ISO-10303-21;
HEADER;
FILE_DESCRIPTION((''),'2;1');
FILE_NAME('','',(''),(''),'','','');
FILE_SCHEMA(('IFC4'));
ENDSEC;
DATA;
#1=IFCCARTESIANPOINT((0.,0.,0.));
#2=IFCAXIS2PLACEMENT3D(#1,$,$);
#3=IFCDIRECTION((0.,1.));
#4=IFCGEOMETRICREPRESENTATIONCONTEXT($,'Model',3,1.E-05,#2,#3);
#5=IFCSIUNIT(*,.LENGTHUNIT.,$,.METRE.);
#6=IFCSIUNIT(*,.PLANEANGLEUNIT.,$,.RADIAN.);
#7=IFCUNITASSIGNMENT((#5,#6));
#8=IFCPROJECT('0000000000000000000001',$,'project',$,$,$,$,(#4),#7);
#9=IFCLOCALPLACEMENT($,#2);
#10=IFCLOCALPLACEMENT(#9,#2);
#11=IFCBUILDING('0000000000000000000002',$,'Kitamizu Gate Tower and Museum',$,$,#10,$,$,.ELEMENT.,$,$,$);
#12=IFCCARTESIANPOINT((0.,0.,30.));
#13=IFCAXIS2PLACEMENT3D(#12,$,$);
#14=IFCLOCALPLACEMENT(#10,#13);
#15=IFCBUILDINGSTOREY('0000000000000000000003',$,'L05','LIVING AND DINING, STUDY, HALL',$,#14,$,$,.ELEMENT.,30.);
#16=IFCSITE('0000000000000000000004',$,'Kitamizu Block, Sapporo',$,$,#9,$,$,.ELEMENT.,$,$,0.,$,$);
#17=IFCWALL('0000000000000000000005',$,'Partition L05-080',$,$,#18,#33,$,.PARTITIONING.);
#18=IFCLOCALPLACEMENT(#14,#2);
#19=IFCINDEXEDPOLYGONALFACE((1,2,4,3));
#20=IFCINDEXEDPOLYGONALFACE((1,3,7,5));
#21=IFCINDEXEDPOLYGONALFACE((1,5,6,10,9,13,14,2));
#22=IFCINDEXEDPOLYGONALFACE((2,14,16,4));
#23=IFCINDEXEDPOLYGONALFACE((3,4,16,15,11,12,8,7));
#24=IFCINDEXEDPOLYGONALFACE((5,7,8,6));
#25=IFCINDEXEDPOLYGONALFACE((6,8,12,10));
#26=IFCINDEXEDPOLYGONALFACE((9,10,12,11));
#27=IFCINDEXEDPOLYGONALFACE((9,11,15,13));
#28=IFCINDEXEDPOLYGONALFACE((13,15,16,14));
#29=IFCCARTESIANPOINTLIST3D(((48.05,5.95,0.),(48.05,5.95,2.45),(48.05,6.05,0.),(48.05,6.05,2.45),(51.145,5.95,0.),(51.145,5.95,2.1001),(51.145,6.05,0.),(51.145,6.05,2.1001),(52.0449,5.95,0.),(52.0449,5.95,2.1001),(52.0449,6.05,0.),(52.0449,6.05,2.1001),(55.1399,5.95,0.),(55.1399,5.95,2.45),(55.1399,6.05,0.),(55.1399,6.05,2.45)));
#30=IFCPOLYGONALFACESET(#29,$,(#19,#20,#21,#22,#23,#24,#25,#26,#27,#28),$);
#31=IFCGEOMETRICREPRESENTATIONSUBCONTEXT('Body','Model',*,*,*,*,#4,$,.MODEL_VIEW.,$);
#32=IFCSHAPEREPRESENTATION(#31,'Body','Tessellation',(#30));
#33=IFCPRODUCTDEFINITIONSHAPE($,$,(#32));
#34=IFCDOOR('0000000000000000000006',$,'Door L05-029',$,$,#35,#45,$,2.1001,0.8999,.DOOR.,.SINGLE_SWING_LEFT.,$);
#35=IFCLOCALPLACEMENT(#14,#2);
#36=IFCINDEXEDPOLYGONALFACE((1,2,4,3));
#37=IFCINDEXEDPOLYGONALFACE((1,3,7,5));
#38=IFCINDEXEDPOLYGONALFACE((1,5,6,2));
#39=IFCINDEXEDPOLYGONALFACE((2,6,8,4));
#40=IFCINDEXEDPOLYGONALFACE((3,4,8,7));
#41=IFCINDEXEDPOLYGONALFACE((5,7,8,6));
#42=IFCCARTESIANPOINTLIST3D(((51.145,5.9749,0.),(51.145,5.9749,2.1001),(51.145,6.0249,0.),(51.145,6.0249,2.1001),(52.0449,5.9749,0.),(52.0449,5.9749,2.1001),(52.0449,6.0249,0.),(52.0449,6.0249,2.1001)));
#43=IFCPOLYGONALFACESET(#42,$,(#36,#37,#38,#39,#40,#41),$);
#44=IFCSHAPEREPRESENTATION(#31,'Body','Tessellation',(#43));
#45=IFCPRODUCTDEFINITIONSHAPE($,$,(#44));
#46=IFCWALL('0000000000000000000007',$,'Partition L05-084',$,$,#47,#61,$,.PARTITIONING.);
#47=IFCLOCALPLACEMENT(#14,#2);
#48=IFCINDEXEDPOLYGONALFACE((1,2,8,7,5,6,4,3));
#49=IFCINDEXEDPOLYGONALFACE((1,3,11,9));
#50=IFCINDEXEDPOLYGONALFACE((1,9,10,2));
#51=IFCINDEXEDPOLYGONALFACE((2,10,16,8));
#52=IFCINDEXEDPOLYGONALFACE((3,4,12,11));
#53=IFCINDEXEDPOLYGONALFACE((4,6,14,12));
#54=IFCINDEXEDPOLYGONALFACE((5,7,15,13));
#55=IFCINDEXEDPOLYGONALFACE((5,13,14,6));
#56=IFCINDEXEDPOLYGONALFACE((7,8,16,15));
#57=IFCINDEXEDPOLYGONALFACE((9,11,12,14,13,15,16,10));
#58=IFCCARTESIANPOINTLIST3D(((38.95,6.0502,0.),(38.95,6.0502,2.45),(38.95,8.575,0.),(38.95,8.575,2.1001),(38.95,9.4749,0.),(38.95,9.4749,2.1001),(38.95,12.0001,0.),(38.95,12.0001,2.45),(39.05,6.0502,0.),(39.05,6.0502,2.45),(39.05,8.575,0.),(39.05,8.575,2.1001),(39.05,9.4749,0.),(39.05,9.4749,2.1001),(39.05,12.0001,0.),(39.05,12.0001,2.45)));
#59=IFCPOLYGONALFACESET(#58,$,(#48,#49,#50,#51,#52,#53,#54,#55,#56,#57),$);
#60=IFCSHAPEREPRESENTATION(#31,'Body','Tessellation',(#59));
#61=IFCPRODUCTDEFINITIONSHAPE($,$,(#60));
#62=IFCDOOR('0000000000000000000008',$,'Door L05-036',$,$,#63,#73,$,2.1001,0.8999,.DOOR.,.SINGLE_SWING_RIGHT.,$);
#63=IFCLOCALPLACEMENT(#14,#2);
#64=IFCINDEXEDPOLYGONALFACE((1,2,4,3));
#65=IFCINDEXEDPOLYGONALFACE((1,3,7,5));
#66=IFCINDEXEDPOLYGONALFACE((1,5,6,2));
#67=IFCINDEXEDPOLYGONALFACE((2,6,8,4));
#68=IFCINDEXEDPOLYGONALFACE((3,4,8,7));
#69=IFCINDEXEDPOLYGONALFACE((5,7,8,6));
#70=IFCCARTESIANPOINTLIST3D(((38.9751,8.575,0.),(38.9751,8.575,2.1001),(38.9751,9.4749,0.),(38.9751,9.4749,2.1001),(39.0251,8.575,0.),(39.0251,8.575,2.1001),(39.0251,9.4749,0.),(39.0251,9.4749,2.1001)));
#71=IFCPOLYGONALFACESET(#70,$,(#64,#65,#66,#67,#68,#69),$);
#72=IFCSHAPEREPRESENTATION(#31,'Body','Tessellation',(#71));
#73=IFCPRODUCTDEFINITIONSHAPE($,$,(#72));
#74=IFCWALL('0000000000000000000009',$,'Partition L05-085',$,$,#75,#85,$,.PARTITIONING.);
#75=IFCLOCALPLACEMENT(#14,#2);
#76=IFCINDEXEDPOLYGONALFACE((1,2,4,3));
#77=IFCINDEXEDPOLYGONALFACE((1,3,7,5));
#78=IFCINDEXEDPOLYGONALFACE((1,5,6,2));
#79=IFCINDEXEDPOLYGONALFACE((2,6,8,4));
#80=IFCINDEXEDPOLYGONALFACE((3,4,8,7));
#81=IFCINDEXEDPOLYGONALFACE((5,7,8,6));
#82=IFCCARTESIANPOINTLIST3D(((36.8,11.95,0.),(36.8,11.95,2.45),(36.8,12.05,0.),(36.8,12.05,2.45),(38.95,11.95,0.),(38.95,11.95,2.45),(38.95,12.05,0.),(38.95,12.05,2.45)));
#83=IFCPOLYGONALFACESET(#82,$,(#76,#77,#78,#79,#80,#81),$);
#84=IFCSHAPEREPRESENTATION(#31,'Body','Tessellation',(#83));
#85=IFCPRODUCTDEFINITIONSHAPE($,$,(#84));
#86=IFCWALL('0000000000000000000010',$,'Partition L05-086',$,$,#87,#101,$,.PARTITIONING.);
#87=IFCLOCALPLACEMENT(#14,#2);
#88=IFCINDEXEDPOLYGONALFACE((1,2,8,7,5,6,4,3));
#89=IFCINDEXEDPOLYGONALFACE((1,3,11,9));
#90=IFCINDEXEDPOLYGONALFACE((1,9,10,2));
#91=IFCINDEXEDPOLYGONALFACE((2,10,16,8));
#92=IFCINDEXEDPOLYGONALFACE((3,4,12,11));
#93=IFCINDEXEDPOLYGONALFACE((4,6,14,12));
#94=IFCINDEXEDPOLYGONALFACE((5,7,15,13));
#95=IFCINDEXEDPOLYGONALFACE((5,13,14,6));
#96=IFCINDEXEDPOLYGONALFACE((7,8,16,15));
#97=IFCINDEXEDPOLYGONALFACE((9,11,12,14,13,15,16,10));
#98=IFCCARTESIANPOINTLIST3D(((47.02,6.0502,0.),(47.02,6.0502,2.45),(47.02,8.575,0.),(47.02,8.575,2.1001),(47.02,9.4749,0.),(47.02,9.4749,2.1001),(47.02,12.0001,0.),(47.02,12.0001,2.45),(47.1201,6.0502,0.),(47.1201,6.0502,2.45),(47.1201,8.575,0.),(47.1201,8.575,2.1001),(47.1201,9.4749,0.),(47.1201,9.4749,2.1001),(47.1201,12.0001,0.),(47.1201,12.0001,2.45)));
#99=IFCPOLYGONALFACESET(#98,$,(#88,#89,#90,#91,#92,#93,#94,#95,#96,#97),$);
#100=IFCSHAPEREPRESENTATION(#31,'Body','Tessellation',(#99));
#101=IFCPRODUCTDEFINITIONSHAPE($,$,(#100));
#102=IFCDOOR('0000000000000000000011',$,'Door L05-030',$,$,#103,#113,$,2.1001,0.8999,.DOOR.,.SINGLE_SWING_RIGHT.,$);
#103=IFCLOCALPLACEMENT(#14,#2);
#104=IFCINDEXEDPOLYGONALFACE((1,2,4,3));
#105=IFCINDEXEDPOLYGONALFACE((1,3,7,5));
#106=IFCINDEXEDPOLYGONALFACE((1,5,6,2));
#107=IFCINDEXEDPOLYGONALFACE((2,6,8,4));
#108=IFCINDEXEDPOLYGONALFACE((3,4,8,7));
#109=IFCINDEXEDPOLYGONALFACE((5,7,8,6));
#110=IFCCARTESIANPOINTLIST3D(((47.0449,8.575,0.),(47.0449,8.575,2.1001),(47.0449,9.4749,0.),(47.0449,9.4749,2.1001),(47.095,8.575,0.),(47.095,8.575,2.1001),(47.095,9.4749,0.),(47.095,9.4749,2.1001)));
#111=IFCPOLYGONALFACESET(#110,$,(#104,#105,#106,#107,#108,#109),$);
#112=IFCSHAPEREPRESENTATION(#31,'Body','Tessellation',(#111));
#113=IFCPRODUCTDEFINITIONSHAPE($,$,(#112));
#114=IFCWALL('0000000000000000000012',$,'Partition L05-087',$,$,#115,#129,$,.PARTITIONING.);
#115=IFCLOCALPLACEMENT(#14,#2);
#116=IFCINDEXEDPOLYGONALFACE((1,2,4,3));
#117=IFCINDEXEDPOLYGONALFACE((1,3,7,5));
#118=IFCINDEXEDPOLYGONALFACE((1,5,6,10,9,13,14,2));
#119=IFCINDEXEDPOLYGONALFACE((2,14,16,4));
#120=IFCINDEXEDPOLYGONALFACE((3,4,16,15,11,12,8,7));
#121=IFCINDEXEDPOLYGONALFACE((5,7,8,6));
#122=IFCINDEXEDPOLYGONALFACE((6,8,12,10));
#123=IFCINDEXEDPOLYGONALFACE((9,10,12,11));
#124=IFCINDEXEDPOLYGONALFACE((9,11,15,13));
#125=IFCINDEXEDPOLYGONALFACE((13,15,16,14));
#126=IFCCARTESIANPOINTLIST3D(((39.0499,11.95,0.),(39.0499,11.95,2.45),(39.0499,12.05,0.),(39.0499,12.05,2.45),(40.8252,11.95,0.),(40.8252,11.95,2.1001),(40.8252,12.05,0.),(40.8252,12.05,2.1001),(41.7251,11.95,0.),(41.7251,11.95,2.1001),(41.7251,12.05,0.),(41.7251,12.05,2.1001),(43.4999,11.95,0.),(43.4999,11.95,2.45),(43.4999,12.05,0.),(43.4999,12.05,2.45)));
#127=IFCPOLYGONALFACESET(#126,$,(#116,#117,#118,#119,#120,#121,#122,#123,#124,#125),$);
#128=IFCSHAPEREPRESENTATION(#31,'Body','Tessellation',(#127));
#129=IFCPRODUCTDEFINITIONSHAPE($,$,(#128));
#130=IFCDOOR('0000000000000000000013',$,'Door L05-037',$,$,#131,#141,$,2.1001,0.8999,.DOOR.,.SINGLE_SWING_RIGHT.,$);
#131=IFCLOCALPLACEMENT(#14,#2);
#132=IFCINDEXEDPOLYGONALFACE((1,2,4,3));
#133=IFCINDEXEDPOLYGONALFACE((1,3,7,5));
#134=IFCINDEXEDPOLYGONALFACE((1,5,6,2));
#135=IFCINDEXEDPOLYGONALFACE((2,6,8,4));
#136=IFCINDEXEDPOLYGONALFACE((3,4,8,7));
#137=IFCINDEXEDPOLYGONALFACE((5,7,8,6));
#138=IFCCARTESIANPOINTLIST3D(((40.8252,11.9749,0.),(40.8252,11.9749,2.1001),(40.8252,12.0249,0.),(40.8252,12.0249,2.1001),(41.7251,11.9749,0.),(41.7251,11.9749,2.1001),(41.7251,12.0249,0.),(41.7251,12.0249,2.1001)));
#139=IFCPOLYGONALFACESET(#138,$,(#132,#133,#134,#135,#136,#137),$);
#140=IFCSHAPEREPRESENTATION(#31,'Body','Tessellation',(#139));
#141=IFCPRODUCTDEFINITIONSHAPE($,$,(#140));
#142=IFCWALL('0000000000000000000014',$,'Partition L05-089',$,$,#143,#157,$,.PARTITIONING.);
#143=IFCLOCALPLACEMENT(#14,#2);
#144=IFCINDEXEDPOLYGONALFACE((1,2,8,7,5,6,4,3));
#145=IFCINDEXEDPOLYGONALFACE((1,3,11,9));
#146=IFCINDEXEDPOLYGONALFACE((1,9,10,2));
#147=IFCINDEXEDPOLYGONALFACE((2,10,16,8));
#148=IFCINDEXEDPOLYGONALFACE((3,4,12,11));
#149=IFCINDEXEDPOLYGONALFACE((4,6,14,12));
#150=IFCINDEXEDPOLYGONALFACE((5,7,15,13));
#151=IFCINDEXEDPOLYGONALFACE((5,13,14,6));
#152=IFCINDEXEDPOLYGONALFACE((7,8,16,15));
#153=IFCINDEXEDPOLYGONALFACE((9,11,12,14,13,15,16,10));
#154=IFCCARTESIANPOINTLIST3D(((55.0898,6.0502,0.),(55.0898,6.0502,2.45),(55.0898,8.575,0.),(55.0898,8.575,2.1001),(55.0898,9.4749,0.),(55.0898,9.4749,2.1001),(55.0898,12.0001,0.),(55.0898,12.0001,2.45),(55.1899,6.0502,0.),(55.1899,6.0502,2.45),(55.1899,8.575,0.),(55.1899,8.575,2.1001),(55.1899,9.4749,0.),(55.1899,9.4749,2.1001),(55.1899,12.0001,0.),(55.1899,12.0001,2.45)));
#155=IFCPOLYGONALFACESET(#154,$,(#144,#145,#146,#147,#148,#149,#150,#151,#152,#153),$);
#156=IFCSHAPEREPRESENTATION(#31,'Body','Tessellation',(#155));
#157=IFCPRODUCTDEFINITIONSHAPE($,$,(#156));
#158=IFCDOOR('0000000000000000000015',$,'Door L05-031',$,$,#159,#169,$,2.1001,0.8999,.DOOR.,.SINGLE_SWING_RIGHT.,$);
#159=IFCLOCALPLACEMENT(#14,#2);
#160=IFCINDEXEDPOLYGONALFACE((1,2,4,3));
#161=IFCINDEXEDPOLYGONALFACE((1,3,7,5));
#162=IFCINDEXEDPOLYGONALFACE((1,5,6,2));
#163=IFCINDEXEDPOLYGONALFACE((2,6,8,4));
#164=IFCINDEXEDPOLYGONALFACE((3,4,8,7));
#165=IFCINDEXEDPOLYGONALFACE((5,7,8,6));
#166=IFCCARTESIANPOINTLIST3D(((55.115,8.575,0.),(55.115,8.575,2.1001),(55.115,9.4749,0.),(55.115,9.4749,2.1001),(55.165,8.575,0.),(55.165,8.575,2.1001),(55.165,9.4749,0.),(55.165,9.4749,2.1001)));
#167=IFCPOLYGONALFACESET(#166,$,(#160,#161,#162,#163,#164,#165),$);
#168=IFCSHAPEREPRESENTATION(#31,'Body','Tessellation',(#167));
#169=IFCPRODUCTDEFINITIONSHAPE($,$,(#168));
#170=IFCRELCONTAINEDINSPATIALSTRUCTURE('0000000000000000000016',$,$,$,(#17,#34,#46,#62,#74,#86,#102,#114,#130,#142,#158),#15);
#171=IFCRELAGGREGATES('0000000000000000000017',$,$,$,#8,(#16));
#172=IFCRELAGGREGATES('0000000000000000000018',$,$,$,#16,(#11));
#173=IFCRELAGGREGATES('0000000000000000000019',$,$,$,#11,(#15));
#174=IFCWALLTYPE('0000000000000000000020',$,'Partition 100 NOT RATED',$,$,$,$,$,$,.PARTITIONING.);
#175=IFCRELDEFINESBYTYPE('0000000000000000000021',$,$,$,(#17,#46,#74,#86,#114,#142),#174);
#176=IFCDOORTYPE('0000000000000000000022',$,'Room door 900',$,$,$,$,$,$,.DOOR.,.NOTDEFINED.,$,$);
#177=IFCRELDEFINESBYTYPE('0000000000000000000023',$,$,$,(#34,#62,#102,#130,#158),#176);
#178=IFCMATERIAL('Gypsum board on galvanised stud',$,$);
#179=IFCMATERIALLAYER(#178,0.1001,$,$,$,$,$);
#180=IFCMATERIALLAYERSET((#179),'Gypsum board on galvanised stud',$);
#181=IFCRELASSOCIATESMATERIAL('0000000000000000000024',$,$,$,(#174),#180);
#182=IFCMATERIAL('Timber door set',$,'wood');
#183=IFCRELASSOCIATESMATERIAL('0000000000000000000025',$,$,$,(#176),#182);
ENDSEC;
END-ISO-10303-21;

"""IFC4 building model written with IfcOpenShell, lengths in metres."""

from ifc_helpers import new_model, si_unit, direction, frame, frame_2d, origin, place, context, subcontext, project, spatial, rectangle, extrude, material, layer, layer_set, type_object, element, fill, save


model = new_model("IFC4")

# Units and contexts
model_context = context("Model", 3, precision=1e-05, world=origin(), true_north=direction((0.0, 1.0)))
body_context = subcontext(model_context, "Body", "Model", "MODEL_VIEW")
ifc_project = project(units=[si_unit("LENGTHUNIT", "METRE"), si_unit("PLANEANGLEUNIT", "RADIAN")], contexts=[model_context])

# Site, building, storey
site_placement = place(None, origin())
site = spatial("IfcSite", under=ifc_project, at=site_placement, Name="Kitamizu Block, Sapporo", CompositionType="ELEMENT", RefElevation=0.0)
building_placement = place(site_placement, origin())
building = spatial("IfcBuilding", under=site, at=building_placement, Name="Kitamizu Gate Tower and Museum", CompositionType="ELEMENT")
storey_placement = place(building_placement, frame((0.0, 0.0, 30.0)))
storey = spatial("IfcBuildingStorey", under=building, at=storey_placement, Name="L05", Description="LIVING AND DINING, STUDY, HALL", CompositionType="ELEMENT", Elevation=30.0)

# Shared definitions
ifc_material_1 = material(Name="Gypsum board on galvanised stud")
ifc_layer_1 = layer(ifc_material_1, 0.1001)
ifc_layer_set_1 = layer_set([ifc_layer_1], Name="Gypsum board on galvanised stud")
wall_type_1 = type_object("IfcWallType", Name="Partition 100 NOT RATED", PredefinedType="PARTITIONING", material=ifc_layer_set_1)

# Shared definitions
ifc_material_2 = material(Name="Timber door set", Category="wood")
door_type = type_object("IfcDoorType", Name="Room door 900", OperationType="NOTDEFINED", PredefinedType="DOOR", material=ifc_material_2)

# Walls, openings, doors
wall_1_placement = place(storey_placement, frame((55.1399, 6.0, 0.0), z_axis=(0.0, 0.0, 1.0), x_axis=(-1.0, 0.0, 0.0)))
wall_1 = element("IfcWall", 1, at=wall_1_placement, inside=storey, type_object=wall_type_1, Name="Partition L05-080", PredefinedType="PARTITIONING", context=body_context, shape_type="SweptSolid", body=[
    extrude(rectangle(XDim=7.0898, YDim=0.1001, at=frame_2d((3.5449, 0.0))), origin(), (0.0, 0.0, 1.0), 2.45),
])
opening_1_placement = place(wall_1_placement, frame((3.095, 0.0, 0.0)))
opening_1 = element("IfcOpeningElement", 2, at=opening_1_placement, cuts=wall_1, PredefinedType="OPENING", context=body_context, shape_type="SweptSolid", body=[
    extrude(rectangle(XDim=0.8999, YDim=2.1001, at=frame_2d((0.45, 1.05))), frame((0.0, 0.0601, 0.0), z_axis=(0.0, -1.0, 0.0), x_axis=(1.0, 0.0, 0.0)), (0.0, 0.0, 1.0), 0.1201),
])
door_1_placement = place(opening_1_placement, frame((0.8999, 0.0, 0.0), x_axis=(-1.0, 0.0, 0.0)))
door_1 = element("IfcDoor", 3, at=door_1_placement, inside=storey, type_object=door_type, Name="Door L05-029", OperationType="SINGLE_SWING_LEFT", OverallHeight=2.1001, OverallWidth=0.8999, PredefinedType="DOOR", context=body_context, shape_type="SweptSolid", body=[
    extrude(rectangle(XDim=0.8999, YDim=2.1001, at=frame_2d((0.45, 1.05))), frame((0.0, 0.0249, 0.0), z_axis=(0.0, -1.0, 0.0), x_axis=(1.0, 0.0, 0.0)), (0.0, 0.0, 1.0), 0.05),
])
fill(opening_1, door_1)
wall_2_placement = place(storey_placement, frame((39.0, 6.05, 0.0), z_axis=(0.0, 0.0, 1.0), x_axis=(0.0, 1.0, 0.0)))
wall_2 = element("IfcWall", 4, at=wall_2_placement, inside=storey, type_object=wall_type_1, Name="Partition L05-084", PredefinedType="PARTITIONING", context=body_context, shape_type="SweptSolid", body=[
    extrude(rectangle(XDim=5.95, YDim=0.1001, at=frame_2d((2.9751, 0.0))), origin(), (0.0, 0.0, 1.0), 2.45),
])
opening_2_placement = place(wall_2_placement, frame((2.5249, 0.0, 0.0)))
opening_2 = element("IfcOpeningElement", 5, at=opening_2_placement, cuts=wall_2, PredefinedType="OPENING", context=body_context, shape_type="SweptSolid", body=[
    extrude(rectangle(XDim=0.8999, YDim=2.1001, at=frame_2d((0.45, 1.05))), frame((0.0, 0.0601, 0.0), z_axis=(0.0, -1.0, 0.0), x_axis=(1.0, 0.0, 0.0)), (0.0, 0.0, 1.0), 0.1201),
])
door_2_placement = place(opening_2_placement, origin())
door_2 = element("IfcDoor", 6, at=door_2_placement, inside=storey, type_object=door_type, Name="Door L05-036", OperationType="SINGLE_SWING_RIGHT", OverallHeight=2.1001, OverallWidth=0.8999, PredefinedType="DOOR", context=body_context, shape_type="SweptSolid", body=[
    extrude(rectangle(XDim=0.8999, YDim=2.1001, at=frame_2d((0.45, 1.05))), frame((0.0, 0.0249, 0.0), z_axis=(0.0, -1.0, 0.0), x_axis=(1.0, 0.0, 0.0)), (0.0, 0.0, 1.0), 0.05),
])
fill(opening_2, door_2)

# Wall
wall_3_placement = place(storey_placement, frame((38.95, 12.0, 0.0), z_axis=(0.0, 0.0, 1.0), x_axis=(-1.0, 0.0, 0.0)))
element("IfcWall", 7, at=wall_3_placement, inside=storey, type_object=wall_type_1, Name="Partition L05-085", PredefinedType="PARTITIONING", context=body_context, shape_type="SweptSolid", body=[
    extrude(rectangle(XDim=2.1499, YDim=0.1001, at=frame_2d((1.075, 0.0))), origin(), (0.0, 0.0, 1.0), 2.45),
])

# Walls, openings, doors
wall_4_placement = place(storey_placement, frame((47.0701, 6.05, 0.0), z_axis=(0.0, 0.0, 1.0), x_axis=(0.0, 1.0, 0.0)))
wall_4 = element("IfcWall", 8, at=wall_4_placement, inside=storey, type_object=wall_type_1, Name="Partition L05-086", PredefinedType="PARTITIONING", context=body_context, shape_type="SweptSolid", body=[
    extrude(rectangle(XDim=5.95, YDim=0.1001, at=frame_2d((2.9751, 0.0))), origin(), (0.0, 0.0, 1.0), 2.45),
])
opening_3_placement = place(wall_4_placement, frame((2.5249, 0.0, 0.0)))
opening_3 = element("IfcOpeningElement", 9, at=opening_3_placement, cuts=wall_4, PredefinedType="OPENING", context=body_context, shape_type="SweptSolid", body=[
    extrude(rectangle(XDim=0.8999, YDim=2.1001, at=frame_2d((0.45, 1.05))), frame((0.0, 0.0601, 0.0), z_axis=(0.0, -1.0, 0.0), x_axis=(1.0, 0.0, 0.0)), (0.0, 0.0, 1.0), 0.1201),
])
door_3_placement = place(opening_3_placement, frame((0.8999, 0.0, 0.0), x_axis=(-1.0, 0.0, 0.0)))
door_3 = element("IfcDoor", 10, at=door_3_placement, inside=storey, type_object=door_type, Name="Door L05-030", OperationType="SINGLE_SWING_RIGHT", OverallHeight=2.1001, OverallWidth=0.8999, PredefinedType="DOOR", context=body_context, shape_type="SweptSolid", body=[
    extrude(rectangle(XDim=0.8999, YDim=2.1001, at=frame_2d((0.45, 1.05))), frame((0.0, 0.0249, 0.0), z_axis=(0.0, -1.0, 0.0), x_axis=(1.0, 0.0, 0.0)), (0.0, 0.0, 1.0), 0.05),
])
fill(opening_3, door_3)
wall_5_placement = place(storey_placement, frame((43.5, 12.0, 0.0), z_axis=(0.0, 0.0, 1.0), x_axis=(-1.0, 0.0, 0.0)))
wall_5 = element("IfcWall", 11, at=wall_5_placement, inside=storey, type_object=wall_type_1, Name="Partition L05-087", PredefinedType="PARTITIONING", context=body_context, shape_type="SweptSolid", body=[
    extrude(rectangle(XDim=4.45, YDim=0.1001, at=frame_2d((2.2251, 0.0))), origin(), (0.0, 0.0, 1.0), 2.45),
])
opening_4_placement = place(wall_5_placement, frame((1.7749, 0.0, 0.0)))
opening_4 = element("IfcOpeningElement", 12, at=opening_4_placement, cuts=wall_5, PredefinedType="OPENING", context=body_context, shape_type="SweptSolid", body=[
    extrude(rectangle(XDim=0.8999, YDim=2.1001, at=frame_2d((0.45, 1.05))), frame((0.0, 0.0601, 0.0), z_axis=(0.0, -1.0, 0.0), x_axis=(1.0, 0.0, 0.0)), (0.0, 0.0, 1.0), 0.1201),
])
door_4_placement = place(opening_4_placement, frame((0.8999, 0.0, 0.0), x_axis=(-1.0, 0.0, 0.0)))
door_4 = element("IfcDoor", 13, at=door_4_placement, inside=storey, type_object=door_type, Name="Door L05-037", OperationType="SINGLE_SWING_RIGHT", OverallHeight=2.1001, OverallWidth=0.8999, PredefinedType="DOOR", context=body_context, shape_type="SweptSolid", body=[
    extrude(rectangle(XDim=0.8999, YDim=2.1001, at=frame_2d((0.45, 1.05))), frame((0.0, 0.0249, 0.0), z_axis=(0.0, -1.0, 0.0), x_axis=(1.0, 0.0, 0.0)), (0.0, 0.0, 1.0), 0.05),
])
fill(opening_4, door_4)
wall_6_placement = place(storey_placement, frame((55.1399, 6.05, 0.0), z_axis=(0.0, 0.0, 1.0), x_axis=(0.0, 1.0, 0.0)))
wall_6 = element("IfcWall", 14, at=wall_6_placement, inside=storey, type_object=wall_type_1, Name="Partition L05-089", PredefinedType="PARTITIONING", context=body_context, shape_type="SweptSolid", body=[
    extrude(rectangle(XDim=5.95, YDim=0.1001, at=frame_2d((2.9751, 0.0))), origin(), (0.0, 0.0, 1.0), 2.45),
])
opening_5_placement = place(wall_6_placement, frame((2.5249, 0.0, 0.0)))
opening_5 = element("IfcOpeningElement", 15, at=opening_5_placement, cuts=wall_6, PredefinedType="OPENING", context=body_context, shape_type="SweptSolid", body=[
    extrude(rectangle(XDim=0.8999, YDim=2.1001, at=frame_2d((0.45, 1.05))), frame((0.0, 0.0601, 0.0), z_axis=(0.0, -1.0, 0.0), x_axis=(1.0, 0.0, 0.0)), (0.0, 0.0, 1.0), 0.1201),
])
door_5_placement = place(opening_5_placement, origin())
door_5 = element("IfcDoor", 16, at=door_5_placement, inside=storey, type_object=door_type, Name="Door L05-031", OperationType="SINGLE_SWING_RIGHT", OverallHeight=2.1001, OverallWidth=0.8999, PredefinedType="DOOR", context=body_context, shape_type="SweptSolid", body=[
    extrude(rectangle(XDim=0.8999, YDim=2.1001, at=frame_2d((0.45, 1.05))), frame((0.0, 0.0249, 0.0), z_axis=(0.0, -1.0, 0.0), x_axis=(1.0, 0.0, 0.0)), (0.0, 0.0, 1.0), 0.05),
])
fill(opening_5, door_5)

save(model, "model.ifc")
